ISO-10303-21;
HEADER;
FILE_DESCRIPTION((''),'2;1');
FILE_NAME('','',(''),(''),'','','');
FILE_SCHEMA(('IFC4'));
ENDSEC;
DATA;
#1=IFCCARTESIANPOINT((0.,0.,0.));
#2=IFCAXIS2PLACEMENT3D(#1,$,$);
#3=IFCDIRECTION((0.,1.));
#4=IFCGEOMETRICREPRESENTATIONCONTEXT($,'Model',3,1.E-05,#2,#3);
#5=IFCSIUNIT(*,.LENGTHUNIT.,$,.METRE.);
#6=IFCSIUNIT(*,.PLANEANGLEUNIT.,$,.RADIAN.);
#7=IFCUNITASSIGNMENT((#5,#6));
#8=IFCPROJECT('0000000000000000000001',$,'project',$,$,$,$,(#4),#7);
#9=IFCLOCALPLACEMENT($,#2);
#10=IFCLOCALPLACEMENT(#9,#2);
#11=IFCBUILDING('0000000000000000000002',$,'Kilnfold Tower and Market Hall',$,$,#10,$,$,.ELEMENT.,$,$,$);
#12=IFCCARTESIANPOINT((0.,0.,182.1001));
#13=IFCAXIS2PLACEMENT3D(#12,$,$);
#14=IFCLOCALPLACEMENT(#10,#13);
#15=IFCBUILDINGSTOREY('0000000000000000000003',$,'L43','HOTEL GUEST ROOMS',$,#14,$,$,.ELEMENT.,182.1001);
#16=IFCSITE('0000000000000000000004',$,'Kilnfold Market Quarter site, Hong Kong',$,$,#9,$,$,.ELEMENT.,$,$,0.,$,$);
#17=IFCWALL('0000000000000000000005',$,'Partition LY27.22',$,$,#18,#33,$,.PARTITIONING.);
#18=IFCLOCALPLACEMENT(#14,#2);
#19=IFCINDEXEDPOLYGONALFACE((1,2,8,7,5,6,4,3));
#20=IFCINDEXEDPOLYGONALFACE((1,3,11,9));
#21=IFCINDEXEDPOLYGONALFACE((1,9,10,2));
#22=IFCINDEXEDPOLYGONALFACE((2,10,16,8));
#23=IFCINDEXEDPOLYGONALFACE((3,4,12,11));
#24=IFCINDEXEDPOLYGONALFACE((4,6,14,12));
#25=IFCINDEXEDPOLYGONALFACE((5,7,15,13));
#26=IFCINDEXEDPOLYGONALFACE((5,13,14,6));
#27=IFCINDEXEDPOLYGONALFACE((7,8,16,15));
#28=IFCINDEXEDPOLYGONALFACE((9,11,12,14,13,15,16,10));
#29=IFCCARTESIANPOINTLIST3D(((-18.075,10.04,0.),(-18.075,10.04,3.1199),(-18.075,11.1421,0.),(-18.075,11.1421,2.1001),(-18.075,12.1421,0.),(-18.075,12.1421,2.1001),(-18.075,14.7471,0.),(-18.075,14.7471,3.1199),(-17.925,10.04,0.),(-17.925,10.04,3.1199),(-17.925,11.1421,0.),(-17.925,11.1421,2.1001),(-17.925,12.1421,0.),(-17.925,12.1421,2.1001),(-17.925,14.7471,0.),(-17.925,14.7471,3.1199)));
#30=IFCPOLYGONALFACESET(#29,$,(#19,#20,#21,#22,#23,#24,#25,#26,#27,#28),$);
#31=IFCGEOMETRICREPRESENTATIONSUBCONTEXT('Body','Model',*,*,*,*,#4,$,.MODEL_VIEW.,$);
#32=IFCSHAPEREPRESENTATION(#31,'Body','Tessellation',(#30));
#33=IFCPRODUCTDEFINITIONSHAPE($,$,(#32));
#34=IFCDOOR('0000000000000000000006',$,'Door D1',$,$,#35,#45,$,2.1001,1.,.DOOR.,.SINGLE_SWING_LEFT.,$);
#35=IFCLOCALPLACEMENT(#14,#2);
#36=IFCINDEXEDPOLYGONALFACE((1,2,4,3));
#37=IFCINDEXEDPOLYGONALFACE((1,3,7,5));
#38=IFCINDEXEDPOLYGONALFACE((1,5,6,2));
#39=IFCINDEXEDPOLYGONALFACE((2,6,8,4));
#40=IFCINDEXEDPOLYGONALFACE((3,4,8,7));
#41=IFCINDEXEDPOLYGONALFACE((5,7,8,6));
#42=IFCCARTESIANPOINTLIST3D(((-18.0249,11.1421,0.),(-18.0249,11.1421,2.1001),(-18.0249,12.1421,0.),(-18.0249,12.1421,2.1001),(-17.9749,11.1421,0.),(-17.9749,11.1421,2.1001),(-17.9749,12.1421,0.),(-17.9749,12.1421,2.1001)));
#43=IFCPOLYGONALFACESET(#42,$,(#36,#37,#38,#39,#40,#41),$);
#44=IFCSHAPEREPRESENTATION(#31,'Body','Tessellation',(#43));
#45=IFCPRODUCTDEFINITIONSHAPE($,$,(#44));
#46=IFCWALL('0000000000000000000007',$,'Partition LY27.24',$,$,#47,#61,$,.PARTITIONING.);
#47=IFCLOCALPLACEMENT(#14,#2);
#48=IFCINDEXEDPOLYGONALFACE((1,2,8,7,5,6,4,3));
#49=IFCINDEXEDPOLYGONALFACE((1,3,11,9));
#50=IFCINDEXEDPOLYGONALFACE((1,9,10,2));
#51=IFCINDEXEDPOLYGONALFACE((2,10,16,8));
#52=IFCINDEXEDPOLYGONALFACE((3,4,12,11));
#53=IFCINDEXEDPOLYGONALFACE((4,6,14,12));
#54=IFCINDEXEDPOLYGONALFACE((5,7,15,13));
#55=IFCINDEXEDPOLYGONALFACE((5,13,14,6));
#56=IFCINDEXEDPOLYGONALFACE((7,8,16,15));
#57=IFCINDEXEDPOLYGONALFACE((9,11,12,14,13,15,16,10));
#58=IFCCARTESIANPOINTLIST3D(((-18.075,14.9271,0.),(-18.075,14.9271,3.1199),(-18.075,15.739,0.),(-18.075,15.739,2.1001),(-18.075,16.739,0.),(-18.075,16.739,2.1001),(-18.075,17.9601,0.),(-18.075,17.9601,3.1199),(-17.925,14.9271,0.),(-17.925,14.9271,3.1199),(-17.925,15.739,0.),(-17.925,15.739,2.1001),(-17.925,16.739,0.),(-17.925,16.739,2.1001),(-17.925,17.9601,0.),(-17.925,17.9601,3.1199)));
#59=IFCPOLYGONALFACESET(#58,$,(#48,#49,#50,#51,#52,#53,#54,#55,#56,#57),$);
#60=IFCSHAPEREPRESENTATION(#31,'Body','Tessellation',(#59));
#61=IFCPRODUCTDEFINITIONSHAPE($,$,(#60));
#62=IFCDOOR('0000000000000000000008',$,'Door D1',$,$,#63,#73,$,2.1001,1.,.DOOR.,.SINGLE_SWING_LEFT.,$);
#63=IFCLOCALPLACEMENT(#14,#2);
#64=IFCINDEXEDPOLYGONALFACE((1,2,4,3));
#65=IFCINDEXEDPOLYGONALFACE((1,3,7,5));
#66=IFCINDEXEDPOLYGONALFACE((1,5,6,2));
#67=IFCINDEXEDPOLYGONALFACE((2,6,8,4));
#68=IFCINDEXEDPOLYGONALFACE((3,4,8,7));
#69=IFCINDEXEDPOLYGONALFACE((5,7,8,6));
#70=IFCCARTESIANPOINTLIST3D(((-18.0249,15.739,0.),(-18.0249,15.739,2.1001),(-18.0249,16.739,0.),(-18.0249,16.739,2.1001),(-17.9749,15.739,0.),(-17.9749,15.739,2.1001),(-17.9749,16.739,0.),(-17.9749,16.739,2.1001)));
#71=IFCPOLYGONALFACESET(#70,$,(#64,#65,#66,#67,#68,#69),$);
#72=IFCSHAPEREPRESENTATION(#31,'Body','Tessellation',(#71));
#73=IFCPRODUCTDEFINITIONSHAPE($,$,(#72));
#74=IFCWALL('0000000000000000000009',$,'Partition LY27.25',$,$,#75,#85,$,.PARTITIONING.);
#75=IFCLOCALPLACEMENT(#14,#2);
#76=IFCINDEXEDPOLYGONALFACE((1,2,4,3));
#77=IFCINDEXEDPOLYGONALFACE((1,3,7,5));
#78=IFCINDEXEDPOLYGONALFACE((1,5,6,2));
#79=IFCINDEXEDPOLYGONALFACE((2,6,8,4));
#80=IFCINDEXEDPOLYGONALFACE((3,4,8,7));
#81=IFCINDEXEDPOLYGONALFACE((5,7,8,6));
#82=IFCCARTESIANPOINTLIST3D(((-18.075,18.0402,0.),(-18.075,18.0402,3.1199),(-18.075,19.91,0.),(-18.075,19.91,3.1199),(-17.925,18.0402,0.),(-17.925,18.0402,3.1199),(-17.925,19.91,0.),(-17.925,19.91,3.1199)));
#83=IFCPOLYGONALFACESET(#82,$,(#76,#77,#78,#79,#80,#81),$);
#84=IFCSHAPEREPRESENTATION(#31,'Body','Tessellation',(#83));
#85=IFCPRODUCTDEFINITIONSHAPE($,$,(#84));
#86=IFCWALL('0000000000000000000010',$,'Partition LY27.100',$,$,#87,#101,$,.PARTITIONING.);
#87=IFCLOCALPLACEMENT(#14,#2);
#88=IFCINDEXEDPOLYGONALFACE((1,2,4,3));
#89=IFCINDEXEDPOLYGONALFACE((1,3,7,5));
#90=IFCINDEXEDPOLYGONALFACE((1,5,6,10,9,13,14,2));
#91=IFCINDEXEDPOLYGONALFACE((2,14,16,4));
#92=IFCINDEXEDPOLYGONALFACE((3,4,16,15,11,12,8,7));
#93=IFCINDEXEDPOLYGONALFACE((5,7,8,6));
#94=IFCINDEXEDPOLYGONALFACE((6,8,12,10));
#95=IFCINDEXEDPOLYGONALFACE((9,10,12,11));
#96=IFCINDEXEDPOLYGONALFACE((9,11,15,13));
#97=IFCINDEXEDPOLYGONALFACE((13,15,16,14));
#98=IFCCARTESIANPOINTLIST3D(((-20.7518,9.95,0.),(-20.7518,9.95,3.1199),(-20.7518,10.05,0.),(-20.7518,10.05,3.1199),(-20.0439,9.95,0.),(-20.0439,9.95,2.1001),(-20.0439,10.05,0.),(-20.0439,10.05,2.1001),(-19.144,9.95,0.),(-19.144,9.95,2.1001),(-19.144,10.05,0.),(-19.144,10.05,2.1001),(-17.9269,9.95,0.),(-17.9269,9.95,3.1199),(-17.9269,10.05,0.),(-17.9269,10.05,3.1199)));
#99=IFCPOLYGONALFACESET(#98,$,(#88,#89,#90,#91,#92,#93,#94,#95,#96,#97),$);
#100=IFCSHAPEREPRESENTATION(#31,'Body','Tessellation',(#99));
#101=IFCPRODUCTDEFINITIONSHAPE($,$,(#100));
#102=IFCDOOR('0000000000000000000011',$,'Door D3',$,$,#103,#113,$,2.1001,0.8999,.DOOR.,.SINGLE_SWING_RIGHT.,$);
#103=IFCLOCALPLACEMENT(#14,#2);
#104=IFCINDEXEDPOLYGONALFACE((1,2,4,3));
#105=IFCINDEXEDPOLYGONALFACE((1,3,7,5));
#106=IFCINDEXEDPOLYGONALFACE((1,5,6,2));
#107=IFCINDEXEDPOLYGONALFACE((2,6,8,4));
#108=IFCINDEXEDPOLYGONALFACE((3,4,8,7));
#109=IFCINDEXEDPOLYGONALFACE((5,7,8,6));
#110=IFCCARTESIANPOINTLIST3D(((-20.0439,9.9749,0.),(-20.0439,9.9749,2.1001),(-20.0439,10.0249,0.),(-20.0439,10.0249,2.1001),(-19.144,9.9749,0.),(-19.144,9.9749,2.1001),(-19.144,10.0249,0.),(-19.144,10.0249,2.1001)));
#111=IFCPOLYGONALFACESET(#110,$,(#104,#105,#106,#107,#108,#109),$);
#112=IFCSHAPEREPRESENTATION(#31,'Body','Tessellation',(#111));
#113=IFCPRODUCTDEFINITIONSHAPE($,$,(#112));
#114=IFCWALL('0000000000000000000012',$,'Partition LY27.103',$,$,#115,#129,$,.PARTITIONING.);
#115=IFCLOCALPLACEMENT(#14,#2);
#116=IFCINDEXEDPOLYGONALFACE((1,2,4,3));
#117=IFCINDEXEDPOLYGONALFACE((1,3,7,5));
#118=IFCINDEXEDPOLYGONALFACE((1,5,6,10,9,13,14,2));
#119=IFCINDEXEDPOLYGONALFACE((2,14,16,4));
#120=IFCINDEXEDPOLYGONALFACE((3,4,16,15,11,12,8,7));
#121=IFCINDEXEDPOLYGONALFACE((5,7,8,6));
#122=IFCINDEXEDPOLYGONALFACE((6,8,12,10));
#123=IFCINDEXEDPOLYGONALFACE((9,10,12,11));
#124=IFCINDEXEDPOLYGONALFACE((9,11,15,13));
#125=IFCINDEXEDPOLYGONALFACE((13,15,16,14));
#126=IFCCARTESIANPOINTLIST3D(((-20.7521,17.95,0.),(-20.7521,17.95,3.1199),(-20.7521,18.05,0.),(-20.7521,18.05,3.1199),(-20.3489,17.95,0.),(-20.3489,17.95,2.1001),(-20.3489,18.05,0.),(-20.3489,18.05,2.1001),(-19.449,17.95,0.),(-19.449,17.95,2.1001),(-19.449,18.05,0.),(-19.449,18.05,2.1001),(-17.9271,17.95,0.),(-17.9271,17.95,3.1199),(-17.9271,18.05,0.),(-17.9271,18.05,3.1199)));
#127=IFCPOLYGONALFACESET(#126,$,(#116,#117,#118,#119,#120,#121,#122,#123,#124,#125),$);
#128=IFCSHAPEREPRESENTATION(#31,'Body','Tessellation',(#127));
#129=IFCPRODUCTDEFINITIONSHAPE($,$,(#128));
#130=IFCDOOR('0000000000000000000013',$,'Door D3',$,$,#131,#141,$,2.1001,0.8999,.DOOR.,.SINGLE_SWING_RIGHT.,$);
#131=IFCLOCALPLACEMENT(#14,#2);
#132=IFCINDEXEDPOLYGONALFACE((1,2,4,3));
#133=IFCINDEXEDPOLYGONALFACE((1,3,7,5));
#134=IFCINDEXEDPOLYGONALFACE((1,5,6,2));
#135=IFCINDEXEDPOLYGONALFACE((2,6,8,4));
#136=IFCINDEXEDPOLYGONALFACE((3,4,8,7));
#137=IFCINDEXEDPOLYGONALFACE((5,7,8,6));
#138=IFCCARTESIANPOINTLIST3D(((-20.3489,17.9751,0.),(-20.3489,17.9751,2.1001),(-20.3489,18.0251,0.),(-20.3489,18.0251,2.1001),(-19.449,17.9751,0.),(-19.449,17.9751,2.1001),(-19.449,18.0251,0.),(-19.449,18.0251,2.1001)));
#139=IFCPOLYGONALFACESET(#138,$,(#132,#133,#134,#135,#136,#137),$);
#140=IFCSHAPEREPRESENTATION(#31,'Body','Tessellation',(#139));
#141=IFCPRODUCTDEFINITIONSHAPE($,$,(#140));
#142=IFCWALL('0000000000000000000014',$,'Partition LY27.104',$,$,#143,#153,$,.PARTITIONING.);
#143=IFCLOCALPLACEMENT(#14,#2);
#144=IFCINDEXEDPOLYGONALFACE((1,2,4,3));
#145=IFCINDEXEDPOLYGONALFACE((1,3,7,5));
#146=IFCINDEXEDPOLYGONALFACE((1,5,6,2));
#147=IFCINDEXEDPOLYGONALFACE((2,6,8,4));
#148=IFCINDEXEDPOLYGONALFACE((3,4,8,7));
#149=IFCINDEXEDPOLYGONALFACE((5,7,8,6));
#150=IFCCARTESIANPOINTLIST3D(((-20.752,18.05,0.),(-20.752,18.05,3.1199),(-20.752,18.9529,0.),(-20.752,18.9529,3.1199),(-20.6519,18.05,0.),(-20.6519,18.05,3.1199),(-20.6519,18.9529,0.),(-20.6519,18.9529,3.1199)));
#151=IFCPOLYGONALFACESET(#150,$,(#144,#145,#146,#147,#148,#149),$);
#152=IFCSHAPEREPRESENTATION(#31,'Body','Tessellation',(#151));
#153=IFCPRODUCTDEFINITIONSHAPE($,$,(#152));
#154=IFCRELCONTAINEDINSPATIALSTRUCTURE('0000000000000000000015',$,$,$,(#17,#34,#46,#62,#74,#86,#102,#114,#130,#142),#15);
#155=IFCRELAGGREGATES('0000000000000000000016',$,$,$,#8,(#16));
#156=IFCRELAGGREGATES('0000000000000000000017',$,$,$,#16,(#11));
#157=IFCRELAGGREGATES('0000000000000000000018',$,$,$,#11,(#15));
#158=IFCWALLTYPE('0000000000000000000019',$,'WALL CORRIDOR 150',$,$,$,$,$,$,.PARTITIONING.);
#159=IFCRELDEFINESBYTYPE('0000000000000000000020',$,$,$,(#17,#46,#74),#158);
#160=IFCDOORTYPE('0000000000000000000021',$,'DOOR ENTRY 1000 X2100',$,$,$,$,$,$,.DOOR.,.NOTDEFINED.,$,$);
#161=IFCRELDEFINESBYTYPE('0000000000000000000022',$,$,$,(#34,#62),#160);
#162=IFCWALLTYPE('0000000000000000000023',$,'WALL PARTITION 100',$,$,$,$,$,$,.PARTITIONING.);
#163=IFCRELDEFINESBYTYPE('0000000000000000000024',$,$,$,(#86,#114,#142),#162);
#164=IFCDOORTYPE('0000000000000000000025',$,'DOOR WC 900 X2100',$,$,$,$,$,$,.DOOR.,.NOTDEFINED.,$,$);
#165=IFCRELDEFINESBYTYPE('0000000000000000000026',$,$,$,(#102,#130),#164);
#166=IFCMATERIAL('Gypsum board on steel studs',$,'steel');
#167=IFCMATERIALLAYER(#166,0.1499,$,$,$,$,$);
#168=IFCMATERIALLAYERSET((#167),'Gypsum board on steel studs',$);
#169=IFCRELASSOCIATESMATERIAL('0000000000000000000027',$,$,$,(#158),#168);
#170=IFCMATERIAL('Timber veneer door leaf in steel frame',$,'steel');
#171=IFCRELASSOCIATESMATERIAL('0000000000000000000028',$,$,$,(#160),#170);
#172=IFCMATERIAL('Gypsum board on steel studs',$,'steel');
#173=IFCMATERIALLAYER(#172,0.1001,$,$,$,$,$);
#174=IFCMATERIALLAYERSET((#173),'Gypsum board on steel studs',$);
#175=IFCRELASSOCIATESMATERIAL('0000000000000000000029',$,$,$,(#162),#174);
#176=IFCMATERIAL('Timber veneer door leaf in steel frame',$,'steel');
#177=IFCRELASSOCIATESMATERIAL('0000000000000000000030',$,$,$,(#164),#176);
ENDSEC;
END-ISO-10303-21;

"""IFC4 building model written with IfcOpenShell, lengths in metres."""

from ifc_helpers import new_model, si_unit, direction, frame, frame_2d, origin, place, context, subcontext, project, spatial, rectangle, extrude, material, layer, layer_set, type_object, element, fill, save


model = new_model("IFC4")

# Units and contexts
model_context = context("Model", 3, precision=1e-05, world=origin(), true_north=direction((0.0, 1.0)))
body_context = subcontext(model_context, "Body", "Model", "MODEL_VIEW")
ifc_project = project(units=[si_unit("LENGTHUNIT", "METRE"), si_unit("PLANEANGLEUNIT", "RADIAN")], contexts=[model_context])

# Site, building, storey
site_placement = place(None, origin())
site = spatial("IfcSite", under=ifc_project, at=site_placement, Name="Kilnfold Market Quarter site, Hong Kong", CompositionType="ELEMENT", RefElevation=0.0)
building_placement = place(site_placement, origin())
building = spatial("IfcBuilding", under=site, at=building_placement, Name="Kilnfold Tower and Market Hall", CompositionType="ELEMENT")
storey_placement = place(building_placement, frame((0.0, 0.0, 182.1001)))
storey = spatial("IfcBuildingStorey", under=building, at=storey_placement, Name="L43", Description="HOTEL GUEST ROOMS", CompositionType="ELEMENT", Elevation=182.1001)

# Walls, openings, doors
ifc_material_1 = material(Name="Gypsum board on steel studs", Category="steel")
ifc_layer_1 = layer(ifc_material_1, 0.1499)
ifc_layer_set_1 = layer_set([ifc_layer_1], Name="Gypsum board on steel studs")
wall_type_1 = type_object("IfcWallType", Name="WALL CORRIDOR 150", PredefinedType="PARTITIONING", material=ifc_layer_set_1)
wall_1_placement = place(storey_placement, frame((-18.0, 10.04, 0.0), z_axis=(0.0, 0.0, 1.0), x_axis=(0.0, 1.0, 0.0)))
wall_1 = element("IfcWall", 1, at=wall_1_placement, inside=storey, type_object=wall_type_1, Name="Partition LY27.22", PredefinedType="PARTITIONING", context=body_context, shape_type="SweptSolid", body=[
    extrude(rectangle(XDim=4.707, YDim=0.1499, at=frame_2d((2.3535, 0.0))), origin(), (0.0, 0.0, 1.0), 3.1199),
])
opening_1_placement = place(wall_1_placement, frame((1.1021, 0.0, 0.0)))
opening_1 = element("IfcOpeningElement", 2, at=opening_1_placement, cuts=wall_1, PredefinedType="OPENING", context=body_context, shape_type="SweptSolid", body=[
    extrude(rectangle(XDim=1.0, YDim=2.1001, at=frame_2d((0.5, 1.05))), frame((0.0, 0.085, 0.0), z_axis=(0.0, -1.0, 0.0), x_axis=(1.0, 0.0, 0.0)), (0.0, 0.0, 1.0), 0.1699),
])
ifc_material_2 = material(Name="Timber veneer door leaf in steel frame", Category="steel")
door_type_1 = type_object("IfcDoorType", Name="DOOR ENTRY 1000 X2100", OperationType="NOTDEFINED", PredefinedType="DOOR", material=ifc_material_2)
door_1_placement = place(opening_1_placement, origin())
door_1 = element("IfcDoor", 3, at=door_1_placement, inside=storey, type_object=door_type_1, Name="Door D1", OperationType="SINGLE_SWING_LEFT", OverallHeight=2.1001, OverallWidth=1.0, PredefinedType="DOOR", context=body_context, shape_type="SweptSolid", body=[
    extrude(rectangle(XDim=1.0, YDim=2.1001, at=frame_2d((0.5, 1.05))), frame((0.0, 0.0249, 0.0), z_axis=(0.0, -1.0, 0.0), x_axis=(1.0, 0.0, 0.0)), (0.0, 0.0, 1.0), 0.05),
])
fill(opening_1, door_1)
wall_2_placement = place(storey_placement, frame((-18.0, 14.927, 0.0), z_axis=(0.0, 0.0, 1.0), x_axis=(0.0, 1.0, 0.0)))
wall_2 = element("IfcWall", 4, at=wall_2_placement, inside=storey, type_object=wall_type_1, Name="Partition LY27.24", PredefinedType="PARTITIONING", context=body_context, shape_type="SweptSolid", body=[
    extrude(rectangle(XDim=3.033, YDim=0.1499, at=frame_2d((1.5166, 0.0))), origin(), (0.0, 0.0, 1.0), 3.1199),
])
opening_2_placement = place(wall_2_placement, frame((0.812, 0.0, 0.0)))
opening_2 = element("IfcOpeningElement", 5, at=opening_2_placement, cuts=wall_2, PredefinedType="OPENING", context=body_context, shape_type="SweptSolid", body=[
    extrude(rectangle(XDim=1.0, YDim=2.1001, at=frame_2d((0.5, 1.05))), frame((0.0, 0.085, 0.0), z_axis=(0.0, -1.0, 0.0), x_axis=(1.0, 0.0, 0.0)), (0.0, 0.0, 1.0), 0.1699),
])
door_2_placement = place(opening_2_placement, origin())
door_2 = element("IfcDoor", 6, at=door_2_placement, inside=storey, type_object=door_type_1, Name="Door D1", OperationType="SINGLE_SWING_LEFT", OverallHeight=2.1001, OverallWidth=1.0, PredefinedType="DOOR", context=body_context, shape_type="SweptSolid", body=[
    extrude(rectangle(XDim=1.0, YDim=2.1001, at=frame_2d((0.5, 1.05))), frame((0.0, 0.0249, 0.0), z_axis=(0.0, -1.0, 0.0), x_axis=(1.0, 0.0, 0.0)), (0.0, 0.0, 1.0), 0.05),
])
fill(opening_2, door_2)

# Wall
wall_3_placement = place(storey_placement, frame((-18.0, 18.04, 0.0), z_axis=(0.0, 0.0, 1.0), x_axis=(0.0, 1.0, 0.0)))
element("IfcWall", 7, at=wall_3_placement, inside=storey, type_object=wall_type_1, Name="Partition LY27.25", PredefinedType="PARTITIONING", context=body_context, shape_type="SweptSolid", body=[
    extrude(rectangle(XDim=1.8699, YDim=0.1499, at=frame_2d((0.9351, 0.0))), origin(), (0.0, 0.0, 1.0), 3.1199),
])

# Walls, openings, doors
ifc_material_3 = material(Name="Gypsum board on steel studs", Category="steel")
ifc_layer_2 = layer(ifc_material_3, 0.1001)
ifc_layer_set_2 = layer_set([ifc_layer_2], Name="Gypsum board on steel studs")
wall_type_2 = type_object("IfcWallType", Name="WALL PARTITION 100", PredefinedType="PARTITIONING", material=ifc_layer_set_2)
wall_4_placement = place(storey_placement, frame((-20.752, 10.0, 0.0), z_axis=(0.0, 0.0, 1.0), x_axis=(1.0, 0.0, 0.0)))
wall_4 = element("IfcWall", 8, at=wall_4_placement, inside=storey, type_object=wall_type_2, Name="Partition LY27.100", PredefinedType="PARTITIONING", context=body_context, shape_type="SweptSolid", body=[
    extrude(rectangle(XDim=2.825, YDim=0.1001, at=frame_2d((1.4126, 0.0))), origin(), (0.0, 0.0, 1.0), 3.1199),
])
opening_3_placement = place(wall_4_placement, frame((0.708, 0.0, 0.0)))
opening_3 = element("IfcOpeningElement", 9, at=opening_3_placement, cuts=wall_4, PredefinedType="OPENING", context=body_context, shape_type="SweptSolid", body=[
    extrude(rectangle(XDim=0.8999, YDim=2.1001, at=frame_2d((0.45, 1.05))), frame((0.0, 0.0601, 0.0), z_axis=(0.0, -1.0, 0.0), x_axis=(1.0, 0.0, 0.0)), (0.0, 0.0, 1.0), 0.1201),
])
ifc_material_4 = material(Name="Timber veneer door leaf in steel frame", Category="steel")
door_type_2 = type_object("IfcDoorType", Name="DOOR WC 900 X2100", OperationType="NOTDEFINED", PredefinedType="DOOR", material=ifc_material_4)
door_3_placement = place(opening_3_placement, origin())
door_3 = element("IfcDoor", 10, at=door_3_placement, inside=storey, type_object=door_type_2, Name="Door D3", OperationType="SINGLE_SWING_RIGHT", OverallHeight=2.1001, OverallWidth=0.8999, PredefinedType="DOOR", context=body_context, shape_type="SweptSolid", body=[
    extrude(rectangle(XDim=0.8999, YDim=2.1001, at=frame_2d((0.45, 1.05))), frame((0.0, 0.0249, 0.0), z_axis=(0.0, -1.0, 0.0), x_axis=(1.0, 0.0, 0.0)), (0.0, 0.0, 1.0), 0.05),
])
fill(opening_3, door_3)
wall_5_placement = place(storey_placement, frame((-17.927, 18.0, 0.0), z_axis=(0.0, 0.0, 1.0), x_axis=(-1.0, 0.0, 0.0)))
wall_5 = element("IfcWall", 11, at=wall_5_placement, inside=storey, type_object=wall_type_2, Name="Partition LY27.103", PredefinedType="PARTITIONING", context=body_context, shape_type="SweptSolid", body=[
    extrude(rectangle(XDim=2.825, YDim=0.1001, at=frame_2d((1.4126, 0.0))), origin(), (0.0, 0.0, 1.0), 3.1199),
])
opening_4_placement = place(wall_5_placement, frame((1.522, 0.0, 0.0)))
opening_4 = element("IfcOpeningElement", 12, at=opening_4_placement, cuts=wall_5, PredefinedType="OPENING", context=body_context, shape_type="SweptSolid", body=[
    extrude(rectangle(XDim=0.8999, YDim=2.1001, at=frame_2d((0.45, 1.05))), frame((0.0, 0.0601, 0.0), z_axis=(0.0, -1.0, 0.0), x_axis=(1.0, 0.0, 0.0)), (0.0, 0.0, 1.0), 0.1201),
])
door_4_placement = place(opening_4_placement, origin())
door_4 = element("IfcDoor", 13, at=door_4_placement, inside=storey, type_object=door_type_2, Name="Door D3", OperationType="SINGLE_SWING_RIGHT", OverallHeight=2.1001, OverallWidth=0.8999, PredefinedType="DOOR", context=body_context, shape_type="SweptSolid", body=[
    extrude(rectangle(XDim=0.8999, YDim=2.1001, at=frame_2d((0.45, 1.05))), frame((0.0, 0.0249, 0.0), z_axis=(0.0, -1.0, 0.0), x_axis=(1.0, 0.0, 0.0)), (0.0, 0.0, 1.0), 0.05),
])
fill(opening_4, door_4)

# Wall
wall_6_placement = place(storey_placement, frame((-20.7019, 18.05, 0.0), z_axis=(0.0, 0.0, 1.0), x_axis=(0.0, 1.0, 0.0)))
element("IfcWall", 14, at=wall_6_placement, inside=storey, type_object=wall_type_2, Name="Partition LY27.104", PredefinedType="PARTITIONING", context=body_context, shape_type="SweptSolid", body=[
    extrude(rectangle(XDim=0.9028, YDim=0.1001, at=frame_2d((0.4514, 0.0))), origin(), (0.0, 0.0, 1.0), 3.1199),
])

save(model, "model.ifc")
